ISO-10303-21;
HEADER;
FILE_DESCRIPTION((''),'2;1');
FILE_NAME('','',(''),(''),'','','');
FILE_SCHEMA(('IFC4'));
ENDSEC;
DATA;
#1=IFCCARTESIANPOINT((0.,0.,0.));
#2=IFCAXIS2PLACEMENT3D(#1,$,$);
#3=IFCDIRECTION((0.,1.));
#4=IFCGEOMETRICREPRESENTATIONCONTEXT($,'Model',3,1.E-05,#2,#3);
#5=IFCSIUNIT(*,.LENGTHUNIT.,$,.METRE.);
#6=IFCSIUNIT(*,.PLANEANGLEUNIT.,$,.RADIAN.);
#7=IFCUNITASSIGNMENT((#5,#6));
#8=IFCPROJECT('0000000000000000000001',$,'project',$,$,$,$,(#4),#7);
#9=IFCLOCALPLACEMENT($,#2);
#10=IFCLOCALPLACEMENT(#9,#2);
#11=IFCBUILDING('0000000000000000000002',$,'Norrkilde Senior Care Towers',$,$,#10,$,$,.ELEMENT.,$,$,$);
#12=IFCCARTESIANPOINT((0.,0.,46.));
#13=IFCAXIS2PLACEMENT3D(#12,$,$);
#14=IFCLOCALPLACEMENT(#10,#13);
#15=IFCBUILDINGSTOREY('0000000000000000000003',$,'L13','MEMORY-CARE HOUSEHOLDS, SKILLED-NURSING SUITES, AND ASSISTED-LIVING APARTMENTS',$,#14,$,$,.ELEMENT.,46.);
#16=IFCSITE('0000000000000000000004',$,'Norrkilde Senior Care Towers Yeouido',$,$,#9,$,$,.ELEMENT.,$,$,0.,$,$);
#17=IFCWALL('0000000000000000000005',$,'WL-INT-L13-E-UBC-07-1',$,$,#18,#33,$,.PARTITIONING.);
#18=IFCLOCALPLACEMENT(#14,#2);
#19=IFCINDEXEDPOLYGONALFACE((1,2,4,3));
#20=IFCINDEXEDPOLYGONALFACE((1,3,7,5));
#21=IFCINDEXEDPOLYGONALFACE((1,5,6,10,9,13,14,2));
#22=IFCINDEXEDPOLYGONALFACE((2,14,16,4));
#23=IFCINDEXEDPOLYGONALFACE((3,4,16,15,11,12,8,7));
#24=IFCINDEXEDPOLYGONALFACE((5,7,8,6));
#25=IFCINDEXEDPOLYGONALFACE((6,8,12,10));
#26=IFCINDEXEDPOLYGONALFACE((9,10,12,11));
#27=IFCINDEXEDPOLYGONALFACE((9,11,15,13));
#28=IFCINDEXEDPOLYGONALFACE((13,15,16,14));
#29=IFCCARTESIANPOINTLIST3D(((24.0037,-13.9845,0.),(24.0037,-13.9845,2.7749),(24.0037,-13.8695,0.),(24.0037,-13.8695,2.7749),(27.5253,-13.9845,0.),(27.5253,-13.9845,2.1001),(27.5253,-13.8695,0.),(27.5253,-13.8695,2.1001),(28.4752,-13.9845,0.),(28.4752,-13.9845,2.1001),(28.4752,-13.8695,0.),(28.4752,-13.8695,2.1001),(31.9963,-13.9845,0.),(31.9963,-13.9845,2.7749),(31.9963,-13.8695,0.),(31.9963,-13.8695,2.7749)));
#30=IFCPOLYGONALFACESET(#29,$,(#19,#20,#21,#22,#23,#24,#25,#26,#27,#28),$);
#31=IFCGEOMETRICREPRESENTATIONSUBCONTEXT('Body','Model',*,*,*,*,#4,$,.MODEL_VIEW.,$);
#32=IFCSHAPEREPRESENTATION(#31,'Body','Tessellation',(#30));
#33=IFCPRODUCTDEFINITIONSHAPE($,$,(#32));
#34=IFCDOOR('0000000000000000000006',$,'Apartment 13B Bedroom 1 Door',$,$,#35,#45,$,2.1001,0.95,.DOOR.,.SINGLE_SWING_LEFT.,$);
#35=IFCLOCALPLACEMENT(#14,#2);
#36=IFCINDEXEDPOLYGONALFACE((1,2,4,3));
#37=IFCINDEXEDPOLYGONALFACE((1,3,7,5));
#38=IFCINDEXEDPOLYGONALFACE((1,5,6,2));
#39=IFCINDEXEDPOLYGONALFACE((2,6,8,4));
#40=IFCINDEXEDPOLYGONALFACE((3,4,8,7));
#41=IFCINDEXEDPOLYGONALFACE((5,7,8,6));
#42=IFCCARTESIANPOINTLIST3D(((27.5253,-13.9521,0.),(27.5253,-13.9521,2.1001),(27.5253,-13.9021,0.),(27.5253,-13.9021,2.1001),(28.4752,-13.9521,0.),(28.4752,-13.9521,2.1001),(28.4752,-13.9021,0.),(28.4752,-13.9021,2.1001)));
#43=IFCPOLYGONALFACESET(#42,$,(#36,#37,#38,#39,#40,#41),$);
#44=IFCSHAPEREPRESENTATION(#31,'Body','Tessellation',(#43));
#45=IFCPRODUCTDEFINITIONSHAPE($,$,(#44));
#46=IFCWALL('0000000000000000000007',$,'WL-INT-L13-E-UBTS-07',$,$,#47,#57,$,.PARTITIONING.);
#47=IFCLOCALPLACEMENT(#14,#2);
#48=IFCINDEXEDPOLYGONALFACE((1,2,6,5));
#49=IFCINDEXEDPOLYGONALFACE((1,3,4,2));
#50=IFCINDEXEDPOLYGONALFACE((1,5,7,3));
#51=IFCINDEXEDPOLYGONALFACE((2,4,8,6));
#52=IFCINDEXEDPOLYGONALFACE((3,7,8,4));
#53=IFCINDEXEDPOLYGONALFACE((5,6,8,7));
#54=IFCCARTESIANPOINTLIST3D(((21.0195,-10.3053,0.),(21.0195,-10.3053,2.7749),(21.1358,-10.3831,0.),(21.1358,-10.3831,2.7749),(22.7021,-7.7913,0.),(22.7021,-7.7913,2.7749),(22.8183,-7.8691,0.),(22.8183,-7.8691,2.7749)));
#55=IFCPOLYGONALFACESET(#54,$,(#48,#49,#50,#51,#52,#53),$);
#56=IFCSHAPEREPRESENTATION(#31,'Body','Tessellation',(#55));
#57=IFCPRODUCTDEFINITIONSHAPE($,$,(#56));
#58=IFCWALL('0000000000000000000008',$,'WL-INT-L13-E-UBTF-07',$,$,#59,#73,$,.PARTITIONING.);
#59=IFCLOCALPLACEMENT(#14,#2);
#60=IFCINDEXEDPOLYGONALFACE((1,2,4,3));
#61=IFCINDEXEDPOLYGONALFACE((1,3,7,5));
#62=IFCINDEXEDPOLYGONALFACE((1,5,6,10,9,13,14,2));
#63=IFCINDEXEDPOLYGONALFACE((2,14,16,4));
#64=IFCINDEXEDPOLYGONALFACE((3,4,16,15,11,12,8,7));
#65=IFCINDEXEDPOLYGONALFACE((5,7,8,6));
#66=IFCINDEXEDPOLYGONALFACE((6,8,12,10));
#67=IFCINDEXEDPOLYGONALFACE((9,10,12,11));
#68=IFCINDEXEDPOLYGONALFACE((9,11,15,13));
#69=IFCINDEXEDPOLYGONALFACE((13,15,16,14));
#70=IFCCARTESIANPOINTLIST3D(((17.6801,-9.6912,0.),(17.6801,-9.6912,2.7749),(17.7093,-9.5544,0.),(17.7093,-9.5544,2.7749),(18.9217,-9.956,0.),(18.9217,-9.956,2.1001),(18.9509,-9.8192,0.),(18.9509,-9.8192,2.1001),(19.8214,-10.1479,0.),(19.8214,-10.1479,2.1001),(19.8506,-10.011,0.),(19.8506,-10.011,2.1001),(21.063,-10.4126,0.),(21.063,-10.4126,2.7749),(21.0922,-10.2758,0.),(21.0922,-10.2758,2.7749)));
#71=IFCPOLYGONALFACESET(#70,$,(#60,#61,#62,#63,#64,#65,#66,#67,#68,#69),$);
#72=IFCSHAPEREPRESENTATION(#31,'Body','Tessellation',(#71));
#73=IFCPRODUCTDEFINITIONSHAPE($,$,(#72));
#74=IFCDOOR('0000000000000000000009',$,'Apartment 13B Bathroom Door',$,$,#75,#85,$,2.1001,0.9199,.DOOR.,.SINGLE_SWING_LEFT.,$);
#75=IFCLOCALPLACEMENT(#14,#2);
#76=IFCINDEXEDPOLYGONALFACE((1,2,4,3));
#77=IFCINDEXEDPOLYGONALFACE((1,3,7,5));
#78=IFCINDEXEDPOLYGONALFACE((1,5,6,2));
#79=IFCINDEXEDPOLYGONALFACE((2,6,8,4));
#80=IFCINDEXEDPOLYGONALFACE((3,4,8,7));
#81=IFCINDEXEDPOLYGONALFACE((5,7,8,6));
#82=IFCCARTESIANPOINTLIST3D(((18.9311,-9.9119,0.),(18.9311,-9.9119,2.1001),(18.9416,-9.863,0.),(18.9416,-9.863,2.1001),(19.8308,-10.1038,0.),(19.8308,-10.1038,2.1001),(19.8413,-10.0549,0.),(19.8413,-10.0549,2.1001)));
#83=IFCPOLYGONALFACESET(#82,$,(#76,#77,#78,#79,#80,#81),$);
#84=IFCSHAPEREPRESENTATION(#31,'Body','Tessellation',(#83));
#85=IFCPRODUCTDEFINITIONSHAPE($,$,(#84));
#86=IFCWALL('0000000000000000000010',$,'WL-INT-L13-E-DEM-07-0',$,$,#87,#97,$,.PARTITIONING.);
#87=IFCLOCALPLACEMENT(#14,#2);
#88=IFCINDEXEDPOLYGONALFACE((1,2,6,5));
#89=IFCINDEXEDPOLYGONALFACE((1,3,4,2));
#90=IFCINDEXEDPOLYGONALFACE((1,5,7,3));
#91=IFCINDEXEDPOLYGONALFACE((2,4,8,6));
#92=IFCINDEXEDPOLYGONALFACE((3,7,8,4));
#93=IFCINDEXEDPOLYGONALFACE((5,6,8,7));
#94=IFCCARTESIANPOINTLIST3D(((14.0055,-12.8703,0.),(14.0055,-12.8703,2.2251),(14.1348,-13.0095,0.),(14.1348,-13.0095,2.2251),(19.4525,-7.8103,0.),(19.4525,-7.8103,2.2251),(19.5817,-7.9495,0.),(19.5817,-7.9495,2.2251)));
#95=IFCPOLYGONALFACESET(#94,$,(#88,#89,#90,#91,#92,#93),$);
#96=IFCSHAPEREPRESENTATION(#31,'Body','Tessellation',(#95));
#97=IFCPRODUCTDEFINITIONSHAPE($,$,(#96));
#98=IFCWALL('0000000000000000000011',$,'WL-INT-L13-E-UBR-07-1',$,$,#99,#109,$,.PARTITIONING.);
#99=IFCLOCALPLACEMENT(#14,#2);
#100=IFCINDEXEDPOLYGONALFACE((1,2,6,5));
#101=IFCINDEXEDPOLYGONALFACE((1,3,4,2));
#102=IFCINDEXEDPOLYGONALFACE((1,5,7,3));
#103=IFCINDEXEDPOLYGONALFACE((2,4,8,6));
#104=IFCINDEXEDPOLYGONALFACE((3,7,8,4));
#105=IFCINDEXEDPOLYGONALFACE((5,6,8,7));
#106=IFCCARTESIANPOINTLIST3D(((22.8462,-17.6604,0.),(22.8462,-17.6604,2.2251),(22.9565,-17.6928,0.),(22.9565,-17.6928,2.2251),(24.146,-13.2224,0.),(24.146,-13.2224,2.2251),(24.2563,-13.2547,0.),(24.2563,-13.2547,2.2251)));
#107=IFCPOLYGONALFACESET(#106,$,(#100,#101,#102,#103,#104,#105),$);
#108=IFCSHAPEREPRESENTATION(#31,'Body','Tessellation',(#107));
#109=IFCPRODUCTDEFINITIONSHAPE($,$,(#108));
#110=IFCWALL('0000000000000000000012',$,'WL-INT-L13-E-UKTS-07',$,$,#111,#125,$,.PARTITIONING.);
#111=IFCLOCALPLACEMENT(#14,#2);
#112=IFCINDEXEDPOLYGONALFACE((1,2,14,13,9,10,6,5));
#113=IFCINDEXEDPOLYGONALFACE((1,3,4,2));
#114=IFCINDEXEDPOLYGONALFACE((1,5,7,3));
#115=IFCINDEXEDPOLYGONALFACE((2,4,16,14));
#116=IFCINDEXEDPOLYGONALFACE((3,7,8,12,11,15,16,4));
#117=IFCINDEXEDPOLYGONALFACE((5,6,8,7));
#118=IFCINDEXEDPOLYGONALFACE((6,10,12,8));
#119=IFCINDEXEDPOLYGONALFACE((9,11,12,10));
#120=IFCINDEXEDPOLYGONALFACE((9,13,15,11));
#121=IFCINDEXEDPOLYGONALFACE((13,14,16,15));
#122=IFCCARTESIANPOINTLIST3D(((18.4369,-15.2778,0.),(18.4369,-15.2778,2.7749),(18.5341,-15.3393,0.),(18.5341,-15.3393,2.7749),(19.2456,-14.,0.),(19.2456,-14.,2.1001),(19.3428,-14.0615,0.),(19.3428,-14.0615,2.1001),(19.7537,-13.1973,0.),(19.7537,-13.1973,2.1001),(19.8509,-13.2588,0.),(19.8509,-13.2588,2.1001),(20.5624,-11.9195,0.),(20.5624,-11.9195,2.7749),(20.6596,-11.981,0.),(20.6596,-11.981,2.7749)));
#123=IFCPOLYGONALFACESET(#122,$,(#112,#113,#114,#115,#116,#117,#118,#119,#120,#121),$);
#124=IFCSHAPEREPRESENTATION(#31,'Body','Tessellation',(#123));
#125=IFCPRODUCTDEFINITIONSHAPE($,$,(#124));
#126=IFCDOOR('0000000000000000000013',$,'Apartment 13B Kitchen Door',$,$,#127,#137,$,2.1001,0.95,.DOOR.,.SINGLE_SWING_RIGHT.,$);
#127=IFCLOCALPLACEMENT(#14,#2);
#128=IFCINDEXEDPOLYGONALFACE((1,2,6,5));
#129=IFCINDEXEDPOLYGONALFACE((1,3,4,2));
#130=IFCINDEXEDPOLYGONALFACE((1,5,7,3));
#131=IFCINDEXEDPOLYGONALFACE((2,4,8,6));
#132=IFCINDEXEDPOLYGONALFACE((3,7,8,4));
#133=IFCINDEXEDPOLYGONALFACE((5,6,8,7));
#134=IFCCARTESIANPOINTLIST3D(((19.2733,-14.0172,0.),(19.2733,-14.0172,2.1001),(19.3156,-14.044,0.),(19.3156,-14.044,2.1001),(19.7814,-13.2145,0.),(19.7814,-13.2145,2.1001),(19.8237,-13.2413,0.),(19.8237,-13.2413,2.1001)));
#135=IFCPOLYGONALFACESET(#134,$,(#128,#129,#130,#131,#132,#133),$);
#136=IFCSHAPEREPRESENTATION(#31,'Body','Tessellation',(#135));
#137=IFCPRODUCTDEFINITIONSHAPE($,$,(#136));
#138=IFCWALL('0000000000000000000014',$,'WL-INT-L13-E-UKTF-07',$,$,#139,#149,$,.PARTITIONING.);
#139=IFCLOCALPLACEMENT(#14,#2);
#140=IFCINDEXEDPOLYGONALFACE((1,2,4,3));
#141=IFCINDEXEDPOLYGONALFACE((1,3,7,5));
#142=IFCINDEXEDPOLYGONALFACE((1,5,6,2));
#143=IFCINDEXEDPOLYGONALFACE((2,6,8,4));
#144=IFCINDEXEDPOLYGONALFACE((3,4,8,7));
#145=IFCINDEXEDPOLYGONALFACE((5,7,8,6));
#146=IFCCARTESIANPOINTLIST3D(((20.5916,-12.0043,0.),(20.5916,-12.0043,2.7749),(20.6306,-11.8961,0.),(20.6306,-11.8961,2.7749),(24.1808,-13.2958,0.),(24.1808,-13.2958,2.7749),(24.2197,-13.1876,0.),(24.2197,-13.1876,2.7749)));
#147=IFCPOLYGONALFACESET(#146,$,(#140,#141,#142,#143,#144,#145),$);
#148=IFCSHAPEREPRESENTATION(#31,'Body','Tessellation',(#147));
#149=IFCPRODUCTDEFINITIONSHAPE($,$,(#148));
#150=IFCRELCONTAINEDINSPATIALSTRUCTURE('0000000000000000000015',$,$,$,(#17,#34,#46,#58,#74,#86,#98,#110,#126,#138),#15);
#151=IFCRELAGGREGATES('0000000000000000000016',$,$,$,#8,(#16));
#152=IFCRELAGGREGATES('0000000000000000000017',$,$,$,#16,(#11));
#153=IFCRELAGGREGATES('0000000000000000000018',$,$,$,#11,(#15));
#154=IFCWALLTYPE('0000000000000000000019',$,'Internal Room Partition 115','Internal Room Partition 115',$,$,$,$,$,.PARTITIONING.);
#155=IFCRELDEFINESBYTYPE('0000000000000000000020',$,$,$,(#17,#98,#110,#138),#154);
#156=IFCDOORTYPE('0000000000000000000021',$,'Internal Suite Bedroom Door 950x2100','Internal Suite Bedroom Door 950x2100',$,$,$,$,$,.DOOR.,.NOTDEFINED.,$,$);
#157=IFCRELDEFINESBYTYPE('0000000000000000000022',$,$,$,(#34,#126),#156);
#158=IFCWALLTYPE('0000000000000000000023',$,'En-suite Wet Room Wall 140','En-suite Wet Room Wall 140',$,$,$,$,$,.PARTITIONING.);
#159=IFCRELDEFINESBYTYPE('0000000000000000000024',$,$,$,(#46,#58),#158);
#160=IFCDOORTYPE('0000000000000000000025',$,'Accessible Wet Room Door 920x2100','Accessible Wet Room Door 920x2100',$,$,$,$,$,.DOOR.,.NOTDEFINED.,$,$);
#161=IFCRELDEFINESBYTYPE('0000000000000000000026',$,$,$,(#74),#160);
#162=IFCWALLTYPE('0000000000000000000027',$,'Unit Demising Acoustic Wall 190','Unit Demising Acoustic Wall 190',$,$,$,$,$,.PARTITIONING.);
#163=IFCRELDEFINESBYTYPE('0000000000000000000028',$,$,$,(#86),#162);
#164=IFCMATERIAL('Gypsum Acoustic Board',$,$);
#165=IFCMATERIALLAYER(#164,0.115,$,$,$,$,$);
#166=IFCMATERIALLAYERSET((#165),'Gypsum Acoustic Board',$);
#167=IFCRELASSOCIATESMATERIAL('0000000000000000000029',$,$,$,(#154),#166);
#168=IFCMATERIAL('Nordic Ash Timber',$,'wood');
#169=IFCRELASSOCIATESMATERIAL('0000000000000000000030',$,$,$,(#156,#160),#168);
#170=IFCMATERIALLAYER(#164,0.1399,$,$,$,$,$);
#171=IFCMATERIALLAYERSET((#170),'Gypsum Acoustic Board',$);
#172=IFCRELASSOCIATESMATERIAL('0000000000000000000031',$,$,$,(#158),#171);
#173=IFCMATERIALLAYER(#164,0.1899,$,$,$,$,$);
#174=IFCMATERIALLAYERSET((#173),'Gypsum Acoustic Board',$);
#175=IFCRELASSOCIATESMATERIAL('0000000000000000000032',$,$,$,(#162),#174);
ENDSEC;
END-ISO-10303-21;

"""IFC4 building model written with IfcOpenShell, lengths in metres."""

from ifc_helpers import new_model, si_unit, direction, frame, frame_2d, origin, place, context, subcontext, project, spatial, rectangle, extrude, source, transform, mapped, material, layer, layer_set, type_object, type_shapes, element, fill, save


model = new_model("IFC4")

# Units and contexts
model_context = context("Model", 3, precision=1e-05, world=origin(), true_north=direction((0.0, 1.0)))
body_context = subcontext(model_context, "Body", "Model", "MODEL_VIEW")
ifc_project = project(units=[si_unit("LENGTHUNIT", "METRE"), si_unit("PLANEANGLEUNIT", "RADIAN")], contexts=[model_context])

# Site, building, storey
site_placement = place(None, origin())
site = spatial("IfcSite", under=ifc_project, at=site_placement, Name="Norrkilde Senior Care Towers Yeouido", CompositionType="ELEMENT", RefElevation=0.0)
building_placement = place(site_placement, origin())
building = spatial("IfcBuilding", under=site, at=building_placement, Name="Norrkilde Senior Care Towers", CompositionType="ELEMENT")
storey_placement = place(building_placement, frame((0.0, 0.0, 46.0)))
storey = spatial("IfcBuildingStorey", under=building, at=storey_placement, Name="L13", Description="MEMORY-CARE HOUSEHOLDS, SKILLED-NURSING SUITES, AND ASSISTED-LIVING APARTMENTS", CompositionType="ELEMENT", Elevation=46.0)

# Wall, opening, door
ifc_material_1 = material(Name="Gypsum Acoustic Board")
ifc_material_2 = material(Name="Nordic Ash Timber", Category="wood")
ifc_layer_1 = layer(ifc_material_1, 0.115)
ifc_layer_set_1 = layer_set([ifc_layer_1], Name="Gypsum Acoustic Board")
wall_type_1 = type_object("IfcWallType", Name="Internal Room Partition 115", Description="Internal Room Partition 115", PredefinedType="PARTITIONING", material=ifc_layer_set_1)
shared_shape_1 = source(origin(), body_context, "Body", "SweptSolid", [
    extrude(rectangle(XDim=7.9927, YDim=0.115, at=frame_2d((3.9963, 0.0))), origin(), (0.0, 0.0, 1.0), 2.7749),
])
wall_1_placement = place(storey_placement, frame((24.0037, -13.927, 0.0), z_axis=(0.0, 0.0, 1.0), x_axis=(1.0, 0.0, 0.0)))
wall_1 = element("IfcWall", 1, at=wall_1_placement, inside=storey, type_object=wall_type_1, Name="WL-INT-L13-E-UBC-07-1", PredefinedType="PARTITIONING", context=body_context, shape_type="MappedRepresentation", body=[
    mapped(shared_shape_1, transform((0.0, 0.0, 0.0), x_axis=(1.0, 0.0, 0.0), y_axis=(0.0, 1.0, 0.0), z_axis=(0.0, 0.0, 1.0), scale=1.0)),
])
opening_1_placement = place(wall_1_placement, frame((3.5215, 0.0, 0.0)))
opening_1 = element("IfcOpeningElement", 2, at=opening_1_placement, cuts=wall_1, PredefinedType="OPENING", context=body_context, shape_type="SweptSolid", body=[
    extrude(rectangle(XDim=0.95, YDim=2.1001, at=frame_2d((0.4751, 1.05))), frame((0.0, 0.0674, 0.0), z_axis=(0.0, -1.0, 0.0), x_axis=(1.0, 0.0, 0.0)), (0.0, 0.0, 1.0), 0.135),
])
door_type_1 = type_object("IfcDoorType", Name="Internal Suite Bedroom Door 950x2100", Description="Internal Suite Bedroom Door 950x2100", OperationType="NOTDEFINED", PredefinedType="DOOR", material=ifc_material_2)
shared_shape_2 = source(origin(), body_context, "Body", "SweptSolid", [
    extrude(rectangle(XDim=0.95, YDim=2.1001, at=frame_2d((0.4751, 1.05))), frame((0.0, 0.0249, 0.0), z_axis=(0.0, -1.0, 0.0), x_axis=(1.0, 0.0, 0.0)), (0.0, 0.0, 1.0), 0.05),
])
type_shapes(door_type_1, [shared_shape_2])
door_1_placement = place(opening_1_placement, origin())
door_1 = element("IfcDoor", 3, at=door_1_placement, inside=storey, type_object=door_type_1, Name="Apartment 13B Bedroom 1 Door", OperationType="SINGLE_SWING_LEFT", OverallHeight=2.1001, OverallWidth=0.95, PredefinedType="DOOR", context=body_context, shape_type="MappedRepresentation", body=[
    mapped(shared_shape_2, transform((0.0, 0.0, 0.0), x_axis=(1.0, 0.0, 0.0), y_axis=(0.0, 1.0, 0.0), z_axis=(0.0, 0.0, 1.0), scale=1.0)),
])
fill(opening_1, door_1)

# Wall
ifc_layer_2 = layer(ifc_material_1, 0.1399)
ifc_layer_set_2 = layer_set([ifc_layer_2], Name="Gypsum Acoustic Board")
wall_type_2 = type_object("IfcWallType", Name="En-suite Wet Room Wall 140", Description="En-suite Wet Room Wall 140", PredefinedType="PARTITIONING", material=ifc_layer_set_2)
shared_shape_3 = source(origin(), body_context, "Body", "SweptSolid", [
    extrude(rectangle(XDim=3.0251, YDim=0.1399, at=frame_2d((1.5127, 0.0))), origin(), (0.0, 0.0, 1.0), 2.7749),
])
wall_2_placement = place(storey_placement, frame((22.7603, -7.8301, 0.0), z_axis=(0.0, 0.0, 1.0), x_axis=(-0.556189, -0.831056, 0.0)))
element("IfcWall", 4, at=wall_2_placement, inside=storey, type_object=wall_type_2, Name="WL-INT-L13-E-UBTS-07", PredefinedType="PARTITIONING", context=body_context, shape_type="MappedRepresentation", body=[
    mapped(shared_shape_3, transform((0.0, 0.0, 0.0), x_axis=(1.0, 0.0, 0.0), y_axis=(0.0, 1.0, 0.0), z_axis=(0.0, 0.0, 1.0), scale=1.0)),
])

# Wall, opening, door
shared_shape_4 = source(origin(), body_context, "Body", "SweptSolid", [
    extrude(rectangle(XDim=3.459, YDim=0.1399, at=frame_2d((1.7295, 0.0))), origin(), (0.0, 0.0, 1.0), 2.7749),
])
type_shapes(wall_type_2, [shared_shape_3, shared_shape_4])
wall_3_placement = place(storey_placement, frame((21.0776, -10.3442, 0.0), z_axis=(0.0, 0.0, 1.0), x_axis=(-0.978006, 0.208575, 0.0)))
wall_3 = element("IfcWall", 5, at=wall_3_placement, inside=storey, type_object=wall_type_2, Name="WL-INT-L13-E-UBTF-07", PredefinedType="PARTITIONING", context=body_context, shape_type="MappedRepresentation", body=[
    mapped(shared_shape_4, transform((0.0, 0.0, 0.0), x_axis=(1.0, 0.0, 0.0), y_axis=(0.0, 1.0, 0.0), z_axis=(0.0, 0.0, 1.0), scale=1.0)),
])
opening_2_placement = place(wall_3_placement, frame((1.2695, 0.0, 0.0)))
opening_2 = element("IfcOpeningElement", 6, at=opening_2_placement, cuts=wall_3, PredefinedType="OPENING", context=body_context, shape_type="SweptSolid", body=[
    extrude(rectangle(XDim=0.9199, YDim=2.1001, at=frame_2d((0.46, 1.05))), frame((0.0, 0.0798, 0.0), z_axis=(0.0, -1.0, 0.0), x_axis=(1.0, 0.0, 0.0)), (0.0, 0.0, 1.0), 0.1599),
])
door_type_2 = type_object("IfcDoorType", Name="Accessible Wet Room Door 920x2100", Description="Accessible Wet Room Door 920x2100", OperationType="NOTDEFINED", PredefinedType="DOOR", material=ifc_material_2)
shared_shape_5 = source(origin(), body_context, "Body", "SweptSolid", [
    extrude(rectangle(XDim=0.9199, YDim=2.1001, at=frame_2d((0.46, 1.05))), frame((0.0, 0.0249, 0.0), z_axis=(0.0, -1.0, 0.0), x_axis=(1.0, 0.0, 0.0)), (0.0, 0.0, 1.0), 0.05),
])
type_shapes(door_type_2, [shared_shape_5])
door_2_placement = place(opening_2_placement, origin())
door_2 = element("IfcDoor", 7, at=door_2_placement, inside=storey, type_object=door_type_2, Name="Apartment 13B Bathroom Door", OperationType="SINGLE_SWING_LEFT", OverallHeight=2.1001, OverallWidth=0.9199, PredefinedType="DOOR", context=body_context, shape_type="MappedRepresentation", body=[
    mapped(shared_shape_5, transform((0.0, 0.0, 0.0), x_axis=(1.0, 0.0, 0.0), y_axis=(0.0, 1.0, 0.0), z_axis=(0.0, 0.0, 1.0), scale=1.0)),
])
fill(opening_2, door_2)

# Walls
ifc_layer_3 = layer(ifc_material_1, 0.1899)
ifc_layer_set_3 = layer_set([ifc_layer_3], Name="Gypsum Acoustic Board")
wall_type_3 = type_object("IfcWallType", Name="Unit Demising Acoustic Wall 190", Description="Unit Demising Acoustic Wall 190", PredefinedType="PARTITIONING", material=ifc_layer_set_3)
shared_shape_6 = source(origin(), body_context, "Body", "SweptSolid", [
    extrude(rectangle(XDim=7.4346, YDim=0.1899, at=frame_2d((3.7173, 0.0))), origin(), (0.0, 0.0, 1.0), 2.2251),
])
type_shapes(wall_type_3, [shared_shape_6])
wall_4_placement = place(storey_placement, frame((19.5171, -7.8799, 0.0), z_axis=(0.0, 0.0, 1.0), x_axis=(-0.732652, -0.680603, 0.0)))
element("IfcWall", 8, at=wall_4_placement, inside=storey, type_object=wall_type_3, Name="WL-INT-L13-E-DEM-07-0", PredefinedType="PARTITIONING", context=body_context, shape_type="MappedRepresentation", body=[
    mapped(shared_shape_6, transform((0.0, 0.0, 0.0), x_axis=(1.0, 0.0, 0.0), y_axis=(0.0, 1.0, 0.0), z_axis=(0.0, 0.0, 1.0), scale=1.0)),
])
shared_shape_7 = source(origin(), body_context, "Body", "SweptSolid", [
    extrude(rectangle(XDim=4.6245, YDim=0.115, at=frame_2d((2.3123, 0.0))), origin(), (0.0, 0.0, 1.0), 2.2251),
])
wall_5_placement = place(storey_placement, frame((24.2012, -13.2385, 0.0), z_axis=(0.0, 0.0, 1.0), x_axis=(-0.281074, -0.959686, 0.0)))
element("IfcWall", 9, at=wall_5_placement, inside=storey, type_object=wall_type_1, Name="WL-INT-L13-E-UBR-07-1", PredefinedType="PARTITIONING", context=body_context, shape_type="MappedRepresentation", body=[
    mapped(shared_shape_7, transform((0.0, 0.0, 0.0), x_axis=(1.0, 0.0, 0.0), y_axis=(0.0, 1.0, 0.0), z_axis=(0.0, 0.0, 1.0), scale=1.0)),
])

# Wall, opening, door
shared_shape_8 = source(origin(), body_context, "Body", "SweptSolid", [
    extrude(rectangle(XDim=3.9744, YDim=0.115, at=frame_2d((1.9873, 0.0))), origin(), (0.0, 0.0, 1.0), 2.7749),
])
wall_6_placement = place(storey_placement, frame((20.6111, -11.9502, 0.0), z_axis=(0.0, 0.0, 1.0), x_axis=(-0.534811, -0.844972, 0.0)))
wall_6 = element("IfcWall", 10, at=wall_6_placement, inside=storey, type_object=wall_type_1, Name="WL-INT-L13-E-UKTS-07", PredefinedType="PARTITIONING", context=body_context, shape_type="MappedRepresentation", body=[
    mapped(shared_shape_8, transform((0.0, 0.0, 0.0), x_axis=(1.0, 0.0, 0.0), y_axis=(0.0, 1.0, 0.0), z_axis=(0.0, 0.0, 1.0), scale=1.0)),
])
opening_3_placement = place(wall_6_placement, frame((1.5122, 0.0, 0.0)))
opening_3 = element("IfcOpeningElement", 11, at=opening_3_placement, cuts=wall_6, PredefinedType="OPENING", context=body_context, shape_type="SweptSolid", body=[
    extrude(rectangle(XDim=0.95, YDim=2.1001, at=frame_2d((0.4751, 1.05))), frame((0.0, 0.0674, 0.0), z_axis=(0.0, -1.0, 0.0), x_axis=(1.0, 0.0, 0.0)), (0.0, 0.0, 1.0), 0.135),
])
door_3_placement = place(opening_3_placement, frame((0.95, 0.0, 0.0), z_axis=(0.0, 0.0, 1.0), x_axis=(-1.0, 0.0, 0.0)))
door_3 = element("IfcDoor", 12, at=door_3_placement, inside=storey, type_object=door_type_1, Name="Apartment 13B Kitchen Door", OperationType="SINGLE_SWING_RIGHT", OverallHeight=2.1001, OverallWidth=0.95, PredefinedType="DOOR", context=body_context, shape_type="MappedRepresentation", body=[
    mapped(shared_shape_2, transform((0.0, 0.0, 0.0), x_axis=(1.0, 0.0, 0.0), y_axis=(0.0, 1.0, 0.0), z_axis=(0.0, 0.0, 1.0), scale=1.0)),
])
fill(opening_3, door_3)

# Wall
shared_shape_9 = source(origin(), body_context, "Body", "SweptSolid", [
    extrude(rectangle(XDim=3.8145, YDim=0.115, at=frame_2d((1.9072, 0.0))), origin(), (0.0, 0.0, 1.0), 2.7749),
])
type_shapes(wall_type_1, [shared_shape_1, shared_shape_7, shared_shape_8, shared_shape_9])
wall_7_placement = place(storey_placement, frame((20.6111, -11.9502, 0.0), z_axis=(0.0, 0.0, 1.0), x_axis=(0.940936, -0.338586, 0.0)))
element("IfcWall", 13, at=wall_7_placement, inside=storey, type_object=wall_type_1, Name="WL-INT-L13-E-UKTF-07", PredefinedType="PARTITIONING", context=body_context, shape_type="MappedRepresentation", body=[
    mapped(shared_shape_9, transform((0.0, 0.0, 0.0), x_axis=(1.0, 0.0, 0.0), y_axis=(0.0, 1.0, 0.0), z_axis=(0.0, 0.0, 1.0), scale=1.0)),
])

save(model, "model.ifc")
